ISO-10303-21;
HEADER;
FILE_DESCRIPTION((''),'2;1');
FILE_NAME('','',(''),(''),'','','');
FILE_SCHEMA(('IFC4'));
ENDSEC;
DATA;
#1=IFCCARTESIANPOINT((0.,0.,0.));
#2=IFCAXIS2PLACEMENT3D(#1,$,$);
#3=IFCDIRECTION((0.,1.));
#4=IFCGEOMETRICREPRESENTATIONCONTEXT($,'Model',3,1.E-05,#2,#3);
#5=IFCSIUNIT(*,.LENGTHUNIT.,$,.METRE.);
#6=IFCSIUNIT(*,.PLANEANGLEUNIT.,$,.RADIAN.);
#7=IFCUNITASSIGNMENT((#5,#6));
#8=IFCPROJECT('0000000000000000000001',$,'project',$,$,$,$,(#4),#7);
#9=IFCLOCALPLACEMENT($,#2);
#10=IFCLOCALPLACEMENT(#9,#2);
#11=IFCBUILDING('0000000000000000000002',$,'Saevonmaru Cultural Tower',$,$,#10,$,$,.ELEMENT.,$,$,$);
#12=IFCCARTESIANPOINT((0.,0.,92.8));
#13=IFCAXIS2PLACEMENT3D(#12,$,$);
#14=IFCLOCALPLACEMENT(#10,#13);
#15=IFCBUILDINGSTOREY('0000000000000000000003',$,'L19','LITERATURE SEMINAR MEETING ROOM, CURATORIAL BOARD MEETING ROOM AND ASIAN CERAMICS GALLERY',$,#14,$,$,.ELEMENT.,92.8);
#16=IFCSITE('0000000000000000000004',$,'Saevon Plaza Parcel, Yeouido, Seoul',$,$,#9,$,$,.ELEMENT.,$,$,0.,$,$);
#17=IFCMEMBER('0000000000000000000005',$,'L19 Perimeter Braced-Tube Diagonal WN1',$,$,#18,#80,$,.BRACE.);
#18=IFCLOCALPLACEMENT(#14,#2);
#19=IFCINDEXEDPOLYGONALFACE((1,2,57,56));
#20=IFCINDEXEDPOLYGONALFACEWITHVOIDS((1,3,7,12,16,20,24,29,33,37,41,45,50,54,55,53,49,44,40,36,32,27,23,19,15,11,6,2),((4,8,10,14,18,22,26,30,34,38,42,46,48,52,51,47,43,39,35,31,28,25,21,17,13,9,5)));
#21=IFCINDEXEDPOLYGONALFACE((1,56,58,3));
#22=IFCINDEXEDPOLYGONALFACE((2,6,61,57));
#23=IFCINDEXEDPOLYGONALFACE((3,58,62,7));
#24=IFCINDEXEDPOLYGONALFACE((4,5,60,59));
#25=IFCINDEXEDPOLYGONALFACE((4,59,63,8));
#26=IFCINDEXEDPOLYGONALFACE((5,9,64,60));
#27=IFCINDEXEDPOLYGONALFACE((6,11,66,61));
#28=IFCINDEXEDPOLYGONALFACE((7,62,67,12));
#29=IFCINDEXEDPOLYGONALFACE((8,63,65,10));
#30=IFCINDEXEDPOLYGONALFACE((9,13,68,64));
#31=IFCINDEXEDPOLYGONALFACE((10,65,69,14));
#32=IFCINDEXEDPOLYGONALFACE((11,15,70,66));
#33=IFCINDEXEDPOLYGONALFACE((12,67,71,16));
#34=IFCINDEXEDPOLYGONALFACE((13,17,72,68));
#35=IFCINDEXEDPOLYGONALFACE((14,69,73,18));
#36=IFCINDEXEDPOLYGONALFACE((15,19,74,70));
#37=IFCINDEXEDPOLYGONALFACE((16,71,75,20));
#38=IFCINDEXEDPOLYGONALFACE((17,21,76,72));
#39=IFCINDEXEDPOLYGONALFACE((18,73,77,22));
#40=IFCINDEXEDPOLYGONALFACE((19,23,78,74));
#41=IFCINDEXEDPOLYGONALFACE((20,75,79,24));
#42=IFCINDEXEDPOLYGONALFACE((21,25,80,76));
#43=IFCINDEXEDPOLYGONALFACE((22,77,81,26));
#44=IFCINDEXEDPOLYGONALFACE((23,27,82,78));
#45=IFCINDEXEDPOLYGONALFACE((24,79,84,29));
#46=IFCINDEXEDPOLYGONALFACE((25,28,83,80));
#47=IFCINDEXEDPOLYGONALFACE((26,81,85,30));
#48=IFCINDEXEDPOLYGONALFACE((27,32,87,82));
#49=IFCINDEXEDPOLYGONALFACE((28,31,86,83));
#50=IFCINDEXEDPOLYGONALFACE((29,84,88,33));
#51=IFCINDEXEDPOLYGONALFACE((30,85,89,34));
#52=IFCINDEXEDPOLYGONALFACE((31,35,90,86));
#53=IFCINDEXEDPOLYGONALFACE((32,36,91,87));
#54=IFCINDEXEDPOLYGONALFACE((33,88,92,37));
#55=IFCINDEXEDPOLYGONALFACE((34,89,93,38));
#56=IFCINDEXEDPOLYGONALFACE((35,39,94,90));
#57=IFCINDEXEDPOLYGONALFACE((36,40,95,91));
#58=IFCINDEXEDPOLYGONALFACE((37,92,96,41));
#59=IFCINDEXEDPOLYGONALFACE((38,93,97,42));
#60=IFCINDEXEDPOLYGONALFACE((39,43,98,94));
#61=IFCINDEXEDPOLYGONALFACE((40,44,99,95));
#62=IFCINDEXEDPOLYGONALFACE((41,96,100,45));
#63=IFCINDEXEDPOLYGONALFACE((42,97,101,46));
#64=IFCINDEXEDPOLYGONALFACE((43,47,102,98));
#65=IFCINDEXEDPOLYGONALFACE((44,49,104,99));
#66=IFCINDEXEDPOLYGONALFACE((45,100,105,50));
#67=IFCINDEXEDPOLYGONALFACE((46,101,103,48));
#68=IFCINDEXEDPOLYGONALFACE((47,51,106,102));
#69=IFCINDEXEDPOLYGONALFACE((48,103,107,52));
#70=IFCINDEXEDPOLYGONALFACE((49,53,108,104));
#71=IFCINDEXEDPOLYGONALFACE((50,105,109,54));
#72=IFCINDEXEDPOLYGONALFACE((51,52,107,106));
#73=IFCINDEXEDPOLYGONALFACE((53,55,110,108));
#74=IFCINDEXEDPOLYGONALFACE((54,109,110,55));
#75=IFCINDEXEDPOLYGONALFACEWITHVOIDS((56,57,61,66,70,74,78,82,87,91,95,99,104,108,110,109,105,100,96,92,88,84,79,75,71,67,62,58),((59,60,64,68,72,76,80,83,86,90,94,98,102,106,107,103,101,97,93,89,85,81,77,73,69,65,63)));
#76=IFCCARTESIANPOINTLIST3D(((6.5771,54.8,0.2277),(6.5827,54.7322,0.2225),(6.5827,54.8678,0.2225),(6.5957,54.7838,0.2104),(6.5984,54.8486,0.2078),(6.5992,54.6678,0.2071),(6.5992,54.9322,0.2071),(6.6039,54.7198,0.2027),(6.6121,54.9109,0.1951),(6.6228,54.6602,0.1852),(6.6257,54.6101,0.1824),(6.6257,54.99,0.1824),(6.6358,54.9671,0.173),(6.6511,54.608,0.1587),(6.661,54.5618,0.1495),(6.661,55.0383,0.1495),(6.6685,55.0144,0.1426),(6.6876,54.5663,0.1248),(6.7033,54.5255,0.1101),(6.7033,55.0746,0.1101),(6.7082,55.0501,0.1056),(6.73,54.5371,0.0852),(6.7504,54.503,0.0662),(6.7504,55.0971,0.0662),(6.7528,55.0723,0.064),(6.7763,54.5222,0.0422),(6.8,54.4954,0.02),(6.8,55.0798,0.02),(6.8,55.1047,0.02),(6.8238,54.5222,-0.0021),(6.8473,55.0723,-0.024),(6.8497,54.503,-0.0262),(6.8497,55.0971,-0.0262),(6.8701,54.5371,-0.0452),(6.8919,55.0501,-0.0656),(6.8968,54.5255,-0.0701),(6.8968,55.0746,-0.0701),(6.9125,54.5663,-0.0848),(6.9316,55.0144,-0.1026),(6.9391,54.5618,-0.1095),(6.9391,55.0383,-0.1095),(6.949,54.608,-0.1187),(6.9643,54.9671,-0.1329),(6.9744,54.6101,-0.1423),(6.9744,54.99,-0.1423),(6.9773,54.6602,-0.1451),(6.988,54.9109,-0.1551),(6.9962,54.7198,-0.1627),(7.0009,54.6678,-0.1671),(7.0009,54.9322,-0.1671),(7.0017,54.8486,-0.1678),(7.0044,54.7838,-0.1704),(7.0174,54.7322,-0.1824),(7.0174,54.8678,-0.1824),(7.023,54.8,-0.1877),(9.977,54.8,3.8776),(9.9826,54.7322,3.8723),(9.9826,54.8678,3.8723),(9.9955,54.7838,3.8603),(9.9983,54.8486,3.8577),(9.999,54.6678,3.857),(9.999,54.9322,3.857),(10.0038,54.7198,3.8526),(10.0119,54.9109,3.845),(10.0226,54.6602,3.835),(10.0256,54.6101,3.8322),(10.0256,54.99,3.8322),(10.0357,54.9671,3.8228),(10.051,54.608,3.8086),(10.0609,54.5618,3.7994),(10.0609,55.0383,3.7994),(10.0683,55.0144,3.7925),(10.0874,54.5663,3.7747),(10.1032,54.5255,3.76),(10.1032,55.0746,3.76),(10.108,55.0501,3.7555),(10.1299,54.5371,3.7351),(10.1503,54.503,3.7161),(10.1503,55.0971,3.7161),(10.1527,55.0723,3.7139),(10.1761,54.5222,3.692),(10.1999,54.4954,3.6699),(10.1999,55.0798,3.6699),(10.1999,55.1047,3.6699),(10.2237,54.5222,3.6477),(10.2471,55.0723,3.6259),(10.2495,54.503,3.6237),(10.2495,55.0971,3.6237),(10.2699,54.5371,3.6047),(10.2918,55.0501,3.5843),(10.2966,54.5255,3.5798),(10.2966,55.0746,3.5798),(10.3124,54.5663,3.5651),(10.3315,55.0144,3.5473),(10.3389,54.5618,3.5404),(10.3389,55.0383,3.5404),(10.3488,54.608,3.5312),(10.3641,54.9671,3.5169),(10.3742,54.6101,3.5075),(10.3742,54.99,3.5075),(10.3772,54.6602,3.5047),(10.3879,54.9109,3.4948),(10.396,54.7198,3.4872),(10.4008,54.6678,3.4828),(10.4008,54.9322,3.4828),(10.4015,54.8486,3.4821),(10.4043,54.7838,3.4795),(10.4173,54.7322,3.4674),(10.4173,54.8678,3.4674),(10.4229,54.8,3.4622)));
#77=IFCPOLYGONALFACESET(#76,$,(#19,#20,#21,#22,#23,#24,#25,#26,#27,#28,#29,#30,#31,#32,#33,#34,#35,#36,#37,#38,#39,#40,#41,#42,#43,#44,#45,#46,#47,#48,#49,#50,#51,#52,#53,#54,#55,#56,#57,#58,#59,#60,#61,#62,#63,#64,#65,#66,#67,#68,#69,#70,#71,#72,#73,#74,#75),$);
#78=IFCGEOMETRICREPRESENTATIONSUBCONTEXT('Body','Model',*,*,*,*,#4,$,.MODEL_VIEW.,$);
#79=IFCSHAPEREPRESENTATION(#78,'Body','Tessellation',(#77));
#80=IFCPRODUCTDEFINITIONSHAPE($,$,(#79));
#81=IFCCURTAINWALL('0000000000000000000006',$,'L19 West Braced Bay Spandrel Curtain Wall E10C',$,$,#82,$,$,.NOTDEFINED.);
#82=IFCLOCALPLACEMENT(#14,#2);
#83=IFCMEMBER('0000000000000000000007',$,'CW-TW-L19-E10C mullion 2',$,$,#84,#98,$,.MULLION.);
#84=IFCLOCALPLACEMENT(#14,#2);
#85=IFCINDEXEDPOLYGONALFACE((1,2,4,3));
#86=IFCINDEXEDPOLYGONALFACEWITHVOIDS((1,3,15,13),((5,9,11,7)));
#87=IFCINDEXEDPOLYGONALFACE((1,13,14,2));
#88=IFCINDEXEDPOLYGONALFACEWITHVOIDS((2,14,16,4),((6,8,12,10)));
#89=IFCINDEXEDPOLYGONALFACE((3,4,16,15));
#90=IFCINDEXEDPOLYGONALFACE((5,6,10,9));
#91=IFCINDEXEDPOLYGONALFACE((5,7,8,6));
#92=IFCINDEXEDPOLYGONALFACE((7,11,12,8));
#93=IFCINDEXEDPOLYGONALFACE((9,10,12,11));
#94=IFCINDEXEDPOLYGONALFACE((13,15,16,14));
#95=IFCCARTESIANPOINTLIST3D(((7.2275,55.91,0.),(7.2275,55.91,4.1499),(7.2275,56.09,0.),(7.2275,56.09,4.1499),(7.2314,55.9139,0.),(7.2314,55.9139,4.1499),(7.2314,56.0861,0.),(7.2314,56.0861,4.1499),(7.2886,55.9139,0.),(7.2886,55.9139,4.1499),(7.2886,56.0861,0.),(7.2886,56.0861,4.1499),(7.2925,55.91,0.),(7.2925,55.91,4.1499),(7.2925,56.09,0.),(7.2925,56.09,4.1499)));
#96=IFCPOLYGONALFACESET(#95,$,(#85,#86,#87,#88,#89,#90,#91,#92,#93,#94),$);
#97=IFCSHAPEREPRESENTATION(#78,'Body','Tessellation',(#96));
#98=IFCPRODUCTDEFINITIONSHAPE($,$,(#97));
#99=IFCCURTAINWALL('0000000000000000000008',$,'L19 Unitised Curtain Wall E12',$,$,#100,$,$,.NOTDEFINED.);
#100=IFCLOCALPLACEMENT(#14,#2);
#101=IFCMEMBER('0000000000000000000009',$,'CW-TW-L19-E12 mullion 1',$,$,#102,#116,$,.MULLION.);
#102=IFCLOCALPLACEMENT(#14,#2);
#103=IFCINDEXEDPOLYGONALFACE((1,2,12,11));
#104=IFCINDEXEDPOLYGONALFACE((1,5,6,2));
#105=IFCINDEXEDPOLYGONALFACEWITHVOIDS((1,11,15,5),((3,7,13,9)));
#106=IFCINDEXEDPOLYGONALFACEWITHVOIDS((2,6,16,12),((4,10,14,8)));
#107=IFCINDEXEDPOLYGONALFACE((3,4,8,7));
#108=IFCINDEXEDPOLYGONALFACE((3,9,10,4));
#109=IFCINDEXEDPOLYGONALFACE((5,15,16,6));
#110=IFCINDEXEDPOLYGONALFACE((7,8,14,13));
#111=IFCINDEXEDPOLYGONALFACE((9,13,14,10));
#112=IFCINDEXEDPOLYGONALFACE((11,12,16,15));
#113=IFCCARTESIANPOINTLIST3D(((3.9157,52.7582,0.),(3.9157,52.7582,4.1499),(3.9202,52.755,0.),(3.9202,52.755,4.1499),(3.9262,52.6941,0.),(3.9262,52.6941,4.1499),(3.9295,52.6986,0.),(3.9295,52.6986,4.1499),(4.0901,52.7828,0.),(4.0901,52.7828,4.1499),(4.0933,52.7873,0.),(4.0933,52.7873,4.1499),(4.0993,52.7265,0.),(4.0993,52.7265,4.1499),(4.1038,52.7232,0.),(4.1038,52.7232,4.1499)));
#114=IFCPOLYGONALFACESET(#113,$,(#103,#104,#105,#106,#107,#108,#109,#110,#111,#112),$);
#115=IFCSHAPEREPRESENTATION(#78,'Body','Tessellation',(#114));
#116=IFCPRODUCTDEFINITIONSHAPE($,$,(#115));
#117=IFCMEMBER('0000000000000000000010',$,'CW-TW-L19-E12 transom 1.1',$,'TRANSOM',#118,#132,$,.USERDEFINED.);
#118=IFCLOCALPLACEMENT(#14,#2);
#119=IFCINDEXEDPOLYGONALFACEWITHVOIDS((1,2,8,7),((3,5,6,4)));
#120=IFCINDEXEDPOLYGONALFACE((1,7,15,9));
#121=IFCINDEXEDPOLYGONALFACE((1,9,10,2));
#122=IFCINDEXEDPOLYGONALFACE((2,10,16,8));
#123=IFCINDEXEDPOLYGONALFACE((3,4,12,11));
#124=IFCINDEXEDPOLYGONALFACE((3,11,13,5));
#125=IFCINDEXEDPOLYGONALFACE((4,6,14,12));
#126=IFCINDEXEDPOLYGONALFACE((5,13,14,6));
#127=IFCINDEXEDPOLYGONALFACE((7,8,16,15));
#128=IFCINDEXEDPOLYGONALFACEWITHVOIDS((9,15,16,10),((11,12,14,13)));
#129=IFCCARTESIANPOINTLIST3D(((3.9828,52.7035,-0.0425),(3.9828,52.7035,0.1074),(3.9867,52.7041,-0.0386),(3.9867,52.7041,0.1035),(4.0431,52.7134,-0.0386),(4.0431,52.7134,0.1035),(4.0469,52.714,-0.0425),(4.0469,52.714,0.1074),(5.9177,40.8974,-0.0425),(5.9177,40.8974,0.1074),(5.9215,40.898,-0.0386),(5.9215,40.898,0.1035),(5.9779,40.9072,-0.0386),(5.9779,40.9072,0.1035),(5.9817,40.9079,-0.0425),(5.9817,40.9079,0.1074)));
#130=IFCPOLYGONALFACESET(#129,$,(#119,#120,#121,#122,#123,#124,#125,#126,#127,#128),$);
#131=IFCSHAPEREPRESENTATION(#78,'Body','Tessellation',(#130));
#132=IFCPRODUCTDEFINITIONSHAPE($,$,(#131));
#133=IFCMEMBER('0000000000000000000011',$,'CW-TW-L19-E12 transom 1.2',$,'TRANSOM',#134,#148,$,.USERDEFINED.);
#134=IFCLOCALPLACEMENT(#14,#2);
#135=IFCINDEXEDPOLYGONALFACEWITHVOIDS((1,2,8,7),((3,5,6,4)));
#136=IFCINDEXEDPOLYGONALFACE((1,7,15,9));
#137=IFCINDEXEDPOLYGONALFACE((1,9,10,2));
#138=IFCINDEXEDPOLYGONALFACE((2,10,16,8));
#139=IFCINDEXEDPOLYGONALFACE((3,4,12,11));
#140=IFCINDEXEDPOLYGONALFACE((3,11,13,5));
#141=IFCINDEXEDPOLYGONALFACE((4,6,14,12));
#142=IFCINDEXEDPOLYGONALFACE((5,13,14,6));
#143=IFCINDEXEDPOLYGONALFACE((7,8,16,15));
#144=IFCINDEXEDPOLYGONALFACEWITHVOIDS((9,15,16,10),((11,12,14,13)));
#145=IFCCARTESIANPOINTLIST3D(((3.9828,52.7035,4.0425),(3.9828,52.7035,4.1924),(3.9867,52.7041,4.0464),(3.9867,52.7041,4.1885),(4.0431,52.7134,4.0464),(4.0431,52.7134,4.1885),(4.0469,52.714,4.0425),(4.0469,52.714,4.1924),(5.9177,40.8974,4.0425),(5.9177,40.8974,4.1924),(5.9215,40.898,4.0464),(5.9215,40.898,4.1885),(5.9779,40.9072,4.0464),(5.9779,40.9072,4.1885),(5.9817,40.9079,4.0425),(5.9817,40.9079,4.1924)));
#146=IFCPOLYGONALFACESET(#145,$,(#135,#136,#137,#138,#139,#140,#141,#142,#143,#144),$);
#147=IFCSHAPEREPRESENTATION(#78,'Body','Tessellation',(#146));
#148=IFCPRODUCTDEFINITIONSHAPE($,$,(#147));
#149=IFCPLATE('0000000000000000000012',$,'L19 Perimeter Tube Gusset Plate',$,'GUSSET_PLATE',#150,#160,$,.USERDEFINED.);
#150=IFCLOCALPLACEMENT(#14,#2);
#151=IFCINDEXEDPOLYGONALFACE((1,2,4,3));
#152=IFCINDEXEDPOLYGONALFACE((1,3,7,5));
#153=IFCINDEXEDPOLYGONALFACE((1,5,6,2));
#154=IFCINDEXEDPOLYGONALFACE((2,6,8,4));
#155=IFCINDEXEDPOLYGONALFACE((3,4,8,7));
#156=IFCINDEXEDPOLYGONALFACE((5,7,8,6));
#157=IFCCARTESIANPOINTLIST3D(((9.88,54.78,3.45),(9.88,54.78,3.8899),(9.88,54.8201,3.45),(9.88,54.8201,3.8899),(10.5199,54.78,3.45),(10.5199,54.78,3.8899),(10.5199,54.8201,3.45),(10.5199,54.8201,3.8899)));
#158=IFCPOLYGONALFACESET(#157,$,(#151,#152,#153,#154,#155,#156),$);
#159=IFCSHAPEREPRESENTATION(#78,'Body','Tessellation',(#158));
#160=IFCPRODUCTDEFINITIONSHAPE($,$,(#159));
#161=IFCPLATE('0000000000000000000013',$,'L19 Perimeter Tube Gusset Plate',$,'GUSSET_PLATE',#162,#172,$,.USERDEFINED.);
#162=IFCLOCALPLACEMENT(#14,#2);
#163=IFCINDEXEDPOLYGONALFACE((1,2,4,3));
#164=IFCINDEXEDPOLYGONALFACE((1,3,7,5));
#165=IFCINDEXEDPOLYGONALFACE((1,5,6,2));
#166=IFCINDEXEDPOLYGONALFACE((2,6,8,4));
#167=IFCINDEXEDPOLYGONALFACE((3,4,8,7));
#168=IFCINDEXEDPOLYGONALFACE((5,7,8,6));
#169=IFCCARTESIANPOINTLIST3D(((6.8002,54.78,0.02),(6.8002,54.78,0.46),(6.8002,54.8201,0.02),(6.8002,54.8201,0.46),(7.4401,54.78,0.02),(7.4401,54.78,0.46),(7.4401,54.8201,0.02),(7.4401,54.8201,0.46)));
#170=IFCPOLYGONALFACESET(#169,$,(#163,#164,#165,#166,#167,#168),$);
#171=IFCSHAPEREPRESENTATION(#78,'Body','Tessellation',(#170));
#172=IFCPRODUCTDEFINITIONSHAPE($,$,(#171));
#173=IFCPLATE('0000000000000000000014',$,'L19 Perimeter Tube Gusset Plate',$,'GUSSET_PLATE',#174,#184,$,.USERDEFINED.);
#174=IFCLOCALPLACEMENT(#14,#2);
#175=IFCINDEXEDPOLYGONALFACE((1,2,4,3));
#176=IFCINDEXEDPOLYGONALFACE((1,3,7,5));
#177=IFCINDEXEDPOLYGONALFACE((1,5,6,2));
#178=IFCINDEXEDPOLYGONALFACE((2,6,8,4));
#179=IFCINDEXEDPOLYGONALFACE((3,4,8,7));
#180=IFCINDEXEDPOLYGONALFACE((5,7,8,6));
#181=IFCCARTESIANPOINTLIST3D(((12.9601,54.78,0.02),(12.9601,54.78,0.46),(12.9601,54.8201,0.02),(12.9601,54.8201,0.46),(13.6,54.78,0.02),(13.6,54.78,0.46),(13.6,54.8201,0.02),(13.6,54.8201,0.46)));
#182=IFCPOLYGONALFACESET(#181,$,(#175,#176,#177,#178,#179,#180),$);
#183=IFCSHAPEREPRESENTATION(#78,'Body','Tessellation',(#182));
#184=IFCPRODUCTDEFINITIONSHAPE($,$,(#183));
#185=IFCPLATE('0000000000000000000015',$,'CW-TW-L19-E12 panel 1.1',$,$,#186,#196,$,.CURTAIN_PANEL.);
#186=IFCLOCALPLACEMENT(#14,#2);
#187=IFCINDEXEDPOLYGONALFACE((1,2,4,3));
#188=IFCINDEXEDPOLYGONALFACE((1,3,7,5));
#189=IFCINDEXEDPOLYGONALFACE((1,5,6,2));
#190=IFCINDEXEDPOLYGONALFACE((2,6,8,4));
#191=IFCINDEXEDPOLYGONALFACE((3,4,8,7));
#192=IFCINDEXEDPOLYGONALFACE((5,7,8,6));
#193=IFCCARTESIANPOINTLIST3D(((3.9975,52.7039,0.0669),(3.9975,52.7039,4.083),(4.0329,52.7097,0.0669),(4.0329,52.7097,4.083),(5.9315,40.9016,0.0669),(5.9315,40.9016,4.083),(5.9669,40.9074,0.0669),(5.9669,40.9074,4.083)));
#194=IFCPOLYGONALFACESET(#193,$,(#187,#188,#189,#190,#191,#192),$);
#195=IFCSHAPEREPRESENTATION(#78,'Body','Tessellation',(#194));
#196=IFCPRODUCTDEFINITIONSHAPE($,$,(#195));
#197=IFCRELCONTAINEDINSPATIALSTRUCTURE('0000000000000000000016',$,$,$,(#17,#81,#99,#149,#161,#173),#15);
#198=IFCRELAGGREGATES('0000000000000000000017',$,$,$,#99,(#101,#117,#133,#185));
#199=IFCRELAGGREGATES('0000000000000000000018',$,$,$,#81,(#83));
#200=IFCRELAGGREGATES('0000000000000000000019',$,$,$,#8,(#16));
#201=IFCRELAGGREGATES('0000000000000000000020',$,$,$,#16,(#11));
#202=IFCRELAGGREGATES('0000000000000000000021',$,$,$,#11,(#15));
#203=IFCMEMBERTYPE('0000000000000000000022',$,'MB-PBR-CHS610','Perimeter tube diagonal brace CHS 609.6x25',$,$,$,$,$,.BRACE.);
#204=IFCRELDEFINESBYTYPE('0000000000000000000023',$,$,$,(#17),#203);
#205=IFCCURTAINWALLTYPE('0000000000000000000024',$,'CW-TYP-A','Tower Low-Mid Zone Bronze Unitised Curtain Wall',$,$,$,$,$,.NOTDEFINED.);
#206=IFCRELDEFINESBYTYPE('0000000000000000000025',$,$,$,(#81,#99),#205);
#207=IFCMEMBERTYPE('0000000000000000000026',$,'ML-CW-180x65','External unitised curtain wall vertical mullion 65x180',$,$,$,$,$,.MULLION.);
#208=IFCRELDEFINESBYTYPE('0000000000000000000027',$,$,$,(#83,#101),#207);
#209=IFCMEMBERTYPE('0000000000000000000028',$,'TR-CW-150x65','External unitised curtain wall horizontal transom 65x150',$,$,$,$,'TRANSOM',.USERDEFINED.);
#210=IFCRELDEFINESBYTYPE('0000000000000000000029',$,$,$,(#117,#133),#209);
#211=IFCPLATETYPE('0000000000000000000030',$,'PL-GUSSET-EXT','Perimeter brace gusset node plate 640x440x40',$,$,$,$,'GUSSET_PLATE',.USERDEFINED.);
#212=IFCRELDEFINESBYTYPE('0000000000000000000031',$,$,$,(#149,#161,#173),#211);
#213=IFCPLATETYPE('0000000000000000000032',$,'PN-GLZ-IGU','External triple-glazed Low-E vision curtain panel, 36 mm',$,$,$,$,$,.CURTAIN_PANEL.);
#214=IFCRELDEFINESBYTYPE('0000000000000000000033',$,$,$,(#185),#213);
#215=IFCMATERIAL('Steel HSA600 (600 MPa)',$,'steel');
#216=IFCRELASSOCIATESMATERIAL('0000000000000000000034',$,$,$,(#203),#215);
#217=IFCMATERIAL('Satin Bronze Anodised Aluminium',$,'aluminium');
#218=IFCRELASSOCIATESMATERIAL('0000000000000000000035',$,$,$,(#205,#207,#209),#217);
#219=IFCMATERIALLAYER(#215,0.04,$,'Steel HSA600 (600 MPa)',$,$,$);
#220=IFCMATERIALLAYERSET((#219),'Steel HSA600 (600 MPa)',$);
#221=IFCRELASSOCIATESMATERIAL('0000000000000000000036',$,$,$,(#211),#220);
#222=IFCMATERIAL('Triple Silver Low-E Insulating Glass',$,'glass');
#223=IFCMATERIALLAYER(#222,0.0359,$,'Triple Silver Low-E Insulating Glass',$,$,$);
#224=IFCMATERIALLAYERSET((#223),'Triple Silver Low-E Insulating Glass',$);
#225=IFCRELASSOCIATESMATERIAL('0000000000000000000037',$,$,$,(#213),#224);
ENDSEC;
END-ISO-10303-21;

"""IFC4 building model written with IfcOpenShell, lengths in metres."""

from ifc_helpers import new_model, si_unit, direction, frame, origin, origin_2d, place, context, subcontext, project, spatial, rectangle, hollow_rectangle, hollow_circle, extrude, material, layer, layer_set, material_profile, profile_set, type_object, element, aggregate, save


model = new_model("IFC4")

# Units and contexts
model_context = context("Model", 3, precision=1e-05, world=origin(), true_north=direction((0.0, 1.0)))
body_context = subcontext(model_context, "Body", "Model", "MODEL_VIEW")
ifc_project = project(units=[si_unit("LENGTHUNIT", "METRE"), si_unit("PLANEANGLEUNIT", "RADIAN")], contexts=[model_context])

# Site, building, storey
site_placement = place(None, origin())
site = spatial("IfcSite", under=ifc_project, at=site_placement, Name="Saevon Plaza Parcel, Yeouido, Seoul", CompositionType="ELEMENT", RefElevation=0.0)
building_placement = place(site_placement, origin())
building = spatial("IfcBuilding", under=site, at=building_placement, Name="Saevonmaru Cultural Tower", CompositionType="ELEMENT")
storey_placement = place(building_placement, frame((0.0, 0.0, 92.8)))
storey = spatial("IfcBuildingStorey", under=building, at=storey_placement, Name="L19", Description="LITERATURE SEMINAR MEETING ROOM, CURATORIAL BOARD MEETING ROOM AND ASIAN CERAMICS GALLERY", CompositionType="ELEMENT", Elevation=92.8)

# Shared definitions
ifc_material_1 = material(Name="Steel HSA600 (600 MPa)", Category="steel")

# Member
ifc_material_profile_1 = material_profile(ifc_material_1, hollow_circle(Radius=0.3047, WallThickness=0.0249, at=origin_2d()), Name="CHS-609.6x25")
ifc_profile_set_1 = profile_set([ifc_material_profile_1], Name="Steel HSA600 (600 MPa)")
member_type_1 = type_object("IfcMemberType", Name="MB-PBR-CHS610", Description="Perimeter tube diagonal brace CHS 609.6x25", PredefinedType="BRACE", material=ifc_profile_set_1)
member_1_placement = place(storey_placement, frame((6.8, 54.8, 0.02), z_axis=(0.681603, 0.0, 0.731722), x_axis=(0.0, 1.0, 0.0)))
element("IfcMember", 1, at=member_1_placement, inside=storey, type_object=member_type_1, Name="L19 Perimeter Braced-Tube Diagonal WN1", PredefinedType="BRACE", context=body_context, shape_type="SweptSolid", body=[
    extrude(hollow_circle(Radius=0.3047, WallThickness=0.0249, at=origin_2d()), origin(), (0.0, 0.0, 1.0), 4.988),
])

# Curtain wall, member
ifc_material_2 = material(Name="Satin Bronze Anodised Aluminium", Category="aluminium")
curtain_wall_type = type_object("IfcCurtainWallType", Name="CW-TYP-A", Description="Tower Low-Mid Zone Bronze Unitised Curtain Wall", PredefinedType="NOTDEFINED", material=ifc_material_2)
curtain_wall_1_placement = place(storey_placement, origin())
curtain_wall_1 = element("IfcCurtainWall", 2, at=curtain_wall_1_placement, inside=storey, type_object=curtain_wall_type, Name="L19 West Braced Bay Spandrel Curtain Wall E10C", PredefinedType="NOTDEFINED")
ifc_material_profile_2 = material_profile(ifc_material_2, hollow_rectangle(XDim=0.0649, YDim=0.1799, WallThickness=0.0039, at=origin_2d()), Name="ALU-MULL-180x65x4")
ifc_profile_set_2 = profile_set([ifc_material_profile_2], Name="Satin Bronze Anodised Aluminium")
member_type_2 = type_object("IfcMemberType", Name="ML-CW-180x65", Description="External unitised curtain wall vertical mullion 65x180", PredefinedType="MULLION", material=ifc_profile_set_2)
member_2_placement = place(storey_placement, frame((7.26, 56.0, 0.0), z_axis=(0.0, 0.0, 1.0), x_axis=(-1.0, 0.0, 0.0)))
member_2 = element("IfcMember", 3, at=member_2_placement, type_object=member_type_2, Name="CW-TW-L19-E10C mullion 2", PredefinedType="MULLION", context=body_context, shape_type="SweptSolid", body=[
    extrude(hollow_rectangle(XDim=0.0649, YDim=0.1799, WallThickness=0.0039, at=origin_2d()), origin(), (0.0, 0.0, 1.0), 4.1499),
])

# Curtain wall, members
curtain_wall_2_placement = place(storey_placement, origin())
curtain_wall_2 = element("IfcCurtainWall", 4, at=curtain_wall_2_placement, inside=storey, type_object=curtain_wall_type, Name="L19 Unitised Curtain Wall E12", PredefinedType="NOTDEFINED")
member_3_placement = place(storey_placement, frame((4.0098, 52.7407, 0.0), z_axis=(0.0, 0.0, 1.0), x_axis=(0.161709, -0.986839, 0.0)))
member_3 = element("IfcMember", 5, at=member_3_placement, type_object=member_type_2, Name="CW-TW-L19-E12 mullion 1", PredefinedType="MULLION", context=body_context, shape_type="SweptSolid", body=[
    extrude(hollow_rectangle(XDim=0.0649, YDim=0.1799, WallThickness=0.0039, at=origin_2d()), origin(), (0.0, 0.0, 1.0), 4.1499),
])
ifc_material_profile_3 = material_profile(ifc_material_2, hollow_rectangle(XDim=0.0649, YDim=0.1499, WallThickness=0.0039, at=origin_2d()), Name="ALU-TRAN-150x65x4")
ifc_profile_set_3 = profile_set([ifc_material_profile_3], Name="Satin Bronze Anodised Aluminium")
member_type_3 = type_object("IfcMemberType", Name="TR-CW-150x65", Description="External unitised curtain wall horizontal transom 65x150", ElementType="TRANSOM", PredefinedType="USERDEFINED", material=ifc_profile_set_3)
member_4_placement = place(storey_placement, frame((4.0149, 52.7087, 0.0325), z_axis=(0.161725, -0.986836, 0.0), x_axis=(0.986836, 0.161725, 0.0)))
member_4 = element("IfcMember", 6, at=member_4_placement, type_object=member_type_3, Name="CW-TW-L19-E12 transom 1.1", ObjectType="TRANSOM", PredefinedType="USERDEFINED", context=body_context, shape_type="SweptSolid", body=[
    extrude(hollow_rectangle(XDim=0.0649, YDim=0.1499, WallThickness=0.0039, at=origin_2d()), origin(), (0.0, 0.0, 1.0), 11.9636),
])
member_5_placement = place(storey_placement, frame((4.0149, 52.7087, 4.1174), z_axis=(0.161725, -0.986836, 0.0), x_axis=(0.986836, 0.161725, 0.0)))
member_5 = element("IfcMember", 7, at=member_5_placement, type_object=member_type_3, Name="CW-TW-L19-E12 transom 1.2", ObjectType="TRANSOM", PredefinedType="USERDEFINED", context=body_context, shape_type="SweptSolid", body=[
    extrude(hollow_rectangle(XDim=0.0649, YDim=0.1499, WallThickness=0.0039, at=origin_2d()), origin(), (0.0, 0.0, 1.0), 11.9636),
])

# Plates
ifc_layer_1 = layer(ifc_material_1, 0.04, Name="Steel HSA600 (600 MPa)")
ifc_layer_set_1 = layer_set([ifc_layer_1], Name="Steel HSA600 (600 MPa)")
plate_type_1 = type_object("IfcPlateType", Name="PL-GUSSET-EXT", Description="Perimeter brace gusset node plate 640x440x40", ElementType="GUSSET_PLATE", PredefinedType="USERDEFINED", material=ifc_layer_set_1)
for number, where, z_axis, x_axis, name in (
    (8, (10.2, 54.8, 3.45), (0.0, 0.0, 1.0), (1.0, 0.0, 0.0), "L19 Perimeter Tube Gusset Plate"),
    (9, (7.1201, 54.8, 0.02), (0.0, 0.0, 1.0), (1.0, 0.0, 0.0), "L19 Perimeter Tube Gusset Plate"),
    (10, (13.28, 54.8, 0.02), (0.0, 0.0, 1.0), (1.0, 0.0, 0.0), "L19 Perimeter Tube Gusset Plate"),
):
    element("IfcPlate", number, at=place(storey_placement, frame(where, z_axis=z_axis, x_axis=x_axis)), inside=storey, type_object=plate_type_1, Name=name, ObjectType="GUSSET_PLATE", PredefinedType="USERDEFINED", context=body_context, shape_type="SweptSolid", body=[
        extrude(rectangle(XDim=0.6399, YDim=0.04, at=origin_2d()), origin(), (0.0, 0.0, 1.0), 0.4399),
    ])

# Plate
ifc_material_3 = material(Name="Triple Silver Low-E Insulating Glass", Category="glass")
ifc_layer_2 = layer(ifc_material_3, 0.0359, Name="Triple Silver Low-E Insulating Glass")
ifc_layer_set_2 = layer_set([ifc_layer_2], Name="Triple Silver Low-E Insulating Glass")
plate_type_2 = type_object("IfcPlateType", Name="PN-GLZ-IGU", Description="External triple-glazed Low-E vision curtain panel, 36 mm", PredefinedType="CURTAIN_PANEL", material=ifc_layer_set_2)
plate_1_placement = place(storey_placement, frame((4.9822, 46.8057, 0.0669), z_axis=(0.0, 0.0, 1.0), x_axis=(0.161709, -0.986839, 0.0)))
plate_1 = element("IfcPlate", 11, at=plate_1_placement, type_object=plate_type_2, Name="CW-TW-L19-E12 panel 1.1", PredefinedType="CURTAIN_PANEL", context=body_context, shape_type="SweptSolid", body=[
    extrude(rectangle(XDim=11.9597, YDim=0.0359, at=origin_2d()), origin(), (0.0, 0.0, 1.0), 4.0161),
])
aggregate(curtain_wall_2, [member_3, member_4, member_5, plate_1])
aggregate(curtain_wall_1, [member_2])

save(model, "model.ifc")
